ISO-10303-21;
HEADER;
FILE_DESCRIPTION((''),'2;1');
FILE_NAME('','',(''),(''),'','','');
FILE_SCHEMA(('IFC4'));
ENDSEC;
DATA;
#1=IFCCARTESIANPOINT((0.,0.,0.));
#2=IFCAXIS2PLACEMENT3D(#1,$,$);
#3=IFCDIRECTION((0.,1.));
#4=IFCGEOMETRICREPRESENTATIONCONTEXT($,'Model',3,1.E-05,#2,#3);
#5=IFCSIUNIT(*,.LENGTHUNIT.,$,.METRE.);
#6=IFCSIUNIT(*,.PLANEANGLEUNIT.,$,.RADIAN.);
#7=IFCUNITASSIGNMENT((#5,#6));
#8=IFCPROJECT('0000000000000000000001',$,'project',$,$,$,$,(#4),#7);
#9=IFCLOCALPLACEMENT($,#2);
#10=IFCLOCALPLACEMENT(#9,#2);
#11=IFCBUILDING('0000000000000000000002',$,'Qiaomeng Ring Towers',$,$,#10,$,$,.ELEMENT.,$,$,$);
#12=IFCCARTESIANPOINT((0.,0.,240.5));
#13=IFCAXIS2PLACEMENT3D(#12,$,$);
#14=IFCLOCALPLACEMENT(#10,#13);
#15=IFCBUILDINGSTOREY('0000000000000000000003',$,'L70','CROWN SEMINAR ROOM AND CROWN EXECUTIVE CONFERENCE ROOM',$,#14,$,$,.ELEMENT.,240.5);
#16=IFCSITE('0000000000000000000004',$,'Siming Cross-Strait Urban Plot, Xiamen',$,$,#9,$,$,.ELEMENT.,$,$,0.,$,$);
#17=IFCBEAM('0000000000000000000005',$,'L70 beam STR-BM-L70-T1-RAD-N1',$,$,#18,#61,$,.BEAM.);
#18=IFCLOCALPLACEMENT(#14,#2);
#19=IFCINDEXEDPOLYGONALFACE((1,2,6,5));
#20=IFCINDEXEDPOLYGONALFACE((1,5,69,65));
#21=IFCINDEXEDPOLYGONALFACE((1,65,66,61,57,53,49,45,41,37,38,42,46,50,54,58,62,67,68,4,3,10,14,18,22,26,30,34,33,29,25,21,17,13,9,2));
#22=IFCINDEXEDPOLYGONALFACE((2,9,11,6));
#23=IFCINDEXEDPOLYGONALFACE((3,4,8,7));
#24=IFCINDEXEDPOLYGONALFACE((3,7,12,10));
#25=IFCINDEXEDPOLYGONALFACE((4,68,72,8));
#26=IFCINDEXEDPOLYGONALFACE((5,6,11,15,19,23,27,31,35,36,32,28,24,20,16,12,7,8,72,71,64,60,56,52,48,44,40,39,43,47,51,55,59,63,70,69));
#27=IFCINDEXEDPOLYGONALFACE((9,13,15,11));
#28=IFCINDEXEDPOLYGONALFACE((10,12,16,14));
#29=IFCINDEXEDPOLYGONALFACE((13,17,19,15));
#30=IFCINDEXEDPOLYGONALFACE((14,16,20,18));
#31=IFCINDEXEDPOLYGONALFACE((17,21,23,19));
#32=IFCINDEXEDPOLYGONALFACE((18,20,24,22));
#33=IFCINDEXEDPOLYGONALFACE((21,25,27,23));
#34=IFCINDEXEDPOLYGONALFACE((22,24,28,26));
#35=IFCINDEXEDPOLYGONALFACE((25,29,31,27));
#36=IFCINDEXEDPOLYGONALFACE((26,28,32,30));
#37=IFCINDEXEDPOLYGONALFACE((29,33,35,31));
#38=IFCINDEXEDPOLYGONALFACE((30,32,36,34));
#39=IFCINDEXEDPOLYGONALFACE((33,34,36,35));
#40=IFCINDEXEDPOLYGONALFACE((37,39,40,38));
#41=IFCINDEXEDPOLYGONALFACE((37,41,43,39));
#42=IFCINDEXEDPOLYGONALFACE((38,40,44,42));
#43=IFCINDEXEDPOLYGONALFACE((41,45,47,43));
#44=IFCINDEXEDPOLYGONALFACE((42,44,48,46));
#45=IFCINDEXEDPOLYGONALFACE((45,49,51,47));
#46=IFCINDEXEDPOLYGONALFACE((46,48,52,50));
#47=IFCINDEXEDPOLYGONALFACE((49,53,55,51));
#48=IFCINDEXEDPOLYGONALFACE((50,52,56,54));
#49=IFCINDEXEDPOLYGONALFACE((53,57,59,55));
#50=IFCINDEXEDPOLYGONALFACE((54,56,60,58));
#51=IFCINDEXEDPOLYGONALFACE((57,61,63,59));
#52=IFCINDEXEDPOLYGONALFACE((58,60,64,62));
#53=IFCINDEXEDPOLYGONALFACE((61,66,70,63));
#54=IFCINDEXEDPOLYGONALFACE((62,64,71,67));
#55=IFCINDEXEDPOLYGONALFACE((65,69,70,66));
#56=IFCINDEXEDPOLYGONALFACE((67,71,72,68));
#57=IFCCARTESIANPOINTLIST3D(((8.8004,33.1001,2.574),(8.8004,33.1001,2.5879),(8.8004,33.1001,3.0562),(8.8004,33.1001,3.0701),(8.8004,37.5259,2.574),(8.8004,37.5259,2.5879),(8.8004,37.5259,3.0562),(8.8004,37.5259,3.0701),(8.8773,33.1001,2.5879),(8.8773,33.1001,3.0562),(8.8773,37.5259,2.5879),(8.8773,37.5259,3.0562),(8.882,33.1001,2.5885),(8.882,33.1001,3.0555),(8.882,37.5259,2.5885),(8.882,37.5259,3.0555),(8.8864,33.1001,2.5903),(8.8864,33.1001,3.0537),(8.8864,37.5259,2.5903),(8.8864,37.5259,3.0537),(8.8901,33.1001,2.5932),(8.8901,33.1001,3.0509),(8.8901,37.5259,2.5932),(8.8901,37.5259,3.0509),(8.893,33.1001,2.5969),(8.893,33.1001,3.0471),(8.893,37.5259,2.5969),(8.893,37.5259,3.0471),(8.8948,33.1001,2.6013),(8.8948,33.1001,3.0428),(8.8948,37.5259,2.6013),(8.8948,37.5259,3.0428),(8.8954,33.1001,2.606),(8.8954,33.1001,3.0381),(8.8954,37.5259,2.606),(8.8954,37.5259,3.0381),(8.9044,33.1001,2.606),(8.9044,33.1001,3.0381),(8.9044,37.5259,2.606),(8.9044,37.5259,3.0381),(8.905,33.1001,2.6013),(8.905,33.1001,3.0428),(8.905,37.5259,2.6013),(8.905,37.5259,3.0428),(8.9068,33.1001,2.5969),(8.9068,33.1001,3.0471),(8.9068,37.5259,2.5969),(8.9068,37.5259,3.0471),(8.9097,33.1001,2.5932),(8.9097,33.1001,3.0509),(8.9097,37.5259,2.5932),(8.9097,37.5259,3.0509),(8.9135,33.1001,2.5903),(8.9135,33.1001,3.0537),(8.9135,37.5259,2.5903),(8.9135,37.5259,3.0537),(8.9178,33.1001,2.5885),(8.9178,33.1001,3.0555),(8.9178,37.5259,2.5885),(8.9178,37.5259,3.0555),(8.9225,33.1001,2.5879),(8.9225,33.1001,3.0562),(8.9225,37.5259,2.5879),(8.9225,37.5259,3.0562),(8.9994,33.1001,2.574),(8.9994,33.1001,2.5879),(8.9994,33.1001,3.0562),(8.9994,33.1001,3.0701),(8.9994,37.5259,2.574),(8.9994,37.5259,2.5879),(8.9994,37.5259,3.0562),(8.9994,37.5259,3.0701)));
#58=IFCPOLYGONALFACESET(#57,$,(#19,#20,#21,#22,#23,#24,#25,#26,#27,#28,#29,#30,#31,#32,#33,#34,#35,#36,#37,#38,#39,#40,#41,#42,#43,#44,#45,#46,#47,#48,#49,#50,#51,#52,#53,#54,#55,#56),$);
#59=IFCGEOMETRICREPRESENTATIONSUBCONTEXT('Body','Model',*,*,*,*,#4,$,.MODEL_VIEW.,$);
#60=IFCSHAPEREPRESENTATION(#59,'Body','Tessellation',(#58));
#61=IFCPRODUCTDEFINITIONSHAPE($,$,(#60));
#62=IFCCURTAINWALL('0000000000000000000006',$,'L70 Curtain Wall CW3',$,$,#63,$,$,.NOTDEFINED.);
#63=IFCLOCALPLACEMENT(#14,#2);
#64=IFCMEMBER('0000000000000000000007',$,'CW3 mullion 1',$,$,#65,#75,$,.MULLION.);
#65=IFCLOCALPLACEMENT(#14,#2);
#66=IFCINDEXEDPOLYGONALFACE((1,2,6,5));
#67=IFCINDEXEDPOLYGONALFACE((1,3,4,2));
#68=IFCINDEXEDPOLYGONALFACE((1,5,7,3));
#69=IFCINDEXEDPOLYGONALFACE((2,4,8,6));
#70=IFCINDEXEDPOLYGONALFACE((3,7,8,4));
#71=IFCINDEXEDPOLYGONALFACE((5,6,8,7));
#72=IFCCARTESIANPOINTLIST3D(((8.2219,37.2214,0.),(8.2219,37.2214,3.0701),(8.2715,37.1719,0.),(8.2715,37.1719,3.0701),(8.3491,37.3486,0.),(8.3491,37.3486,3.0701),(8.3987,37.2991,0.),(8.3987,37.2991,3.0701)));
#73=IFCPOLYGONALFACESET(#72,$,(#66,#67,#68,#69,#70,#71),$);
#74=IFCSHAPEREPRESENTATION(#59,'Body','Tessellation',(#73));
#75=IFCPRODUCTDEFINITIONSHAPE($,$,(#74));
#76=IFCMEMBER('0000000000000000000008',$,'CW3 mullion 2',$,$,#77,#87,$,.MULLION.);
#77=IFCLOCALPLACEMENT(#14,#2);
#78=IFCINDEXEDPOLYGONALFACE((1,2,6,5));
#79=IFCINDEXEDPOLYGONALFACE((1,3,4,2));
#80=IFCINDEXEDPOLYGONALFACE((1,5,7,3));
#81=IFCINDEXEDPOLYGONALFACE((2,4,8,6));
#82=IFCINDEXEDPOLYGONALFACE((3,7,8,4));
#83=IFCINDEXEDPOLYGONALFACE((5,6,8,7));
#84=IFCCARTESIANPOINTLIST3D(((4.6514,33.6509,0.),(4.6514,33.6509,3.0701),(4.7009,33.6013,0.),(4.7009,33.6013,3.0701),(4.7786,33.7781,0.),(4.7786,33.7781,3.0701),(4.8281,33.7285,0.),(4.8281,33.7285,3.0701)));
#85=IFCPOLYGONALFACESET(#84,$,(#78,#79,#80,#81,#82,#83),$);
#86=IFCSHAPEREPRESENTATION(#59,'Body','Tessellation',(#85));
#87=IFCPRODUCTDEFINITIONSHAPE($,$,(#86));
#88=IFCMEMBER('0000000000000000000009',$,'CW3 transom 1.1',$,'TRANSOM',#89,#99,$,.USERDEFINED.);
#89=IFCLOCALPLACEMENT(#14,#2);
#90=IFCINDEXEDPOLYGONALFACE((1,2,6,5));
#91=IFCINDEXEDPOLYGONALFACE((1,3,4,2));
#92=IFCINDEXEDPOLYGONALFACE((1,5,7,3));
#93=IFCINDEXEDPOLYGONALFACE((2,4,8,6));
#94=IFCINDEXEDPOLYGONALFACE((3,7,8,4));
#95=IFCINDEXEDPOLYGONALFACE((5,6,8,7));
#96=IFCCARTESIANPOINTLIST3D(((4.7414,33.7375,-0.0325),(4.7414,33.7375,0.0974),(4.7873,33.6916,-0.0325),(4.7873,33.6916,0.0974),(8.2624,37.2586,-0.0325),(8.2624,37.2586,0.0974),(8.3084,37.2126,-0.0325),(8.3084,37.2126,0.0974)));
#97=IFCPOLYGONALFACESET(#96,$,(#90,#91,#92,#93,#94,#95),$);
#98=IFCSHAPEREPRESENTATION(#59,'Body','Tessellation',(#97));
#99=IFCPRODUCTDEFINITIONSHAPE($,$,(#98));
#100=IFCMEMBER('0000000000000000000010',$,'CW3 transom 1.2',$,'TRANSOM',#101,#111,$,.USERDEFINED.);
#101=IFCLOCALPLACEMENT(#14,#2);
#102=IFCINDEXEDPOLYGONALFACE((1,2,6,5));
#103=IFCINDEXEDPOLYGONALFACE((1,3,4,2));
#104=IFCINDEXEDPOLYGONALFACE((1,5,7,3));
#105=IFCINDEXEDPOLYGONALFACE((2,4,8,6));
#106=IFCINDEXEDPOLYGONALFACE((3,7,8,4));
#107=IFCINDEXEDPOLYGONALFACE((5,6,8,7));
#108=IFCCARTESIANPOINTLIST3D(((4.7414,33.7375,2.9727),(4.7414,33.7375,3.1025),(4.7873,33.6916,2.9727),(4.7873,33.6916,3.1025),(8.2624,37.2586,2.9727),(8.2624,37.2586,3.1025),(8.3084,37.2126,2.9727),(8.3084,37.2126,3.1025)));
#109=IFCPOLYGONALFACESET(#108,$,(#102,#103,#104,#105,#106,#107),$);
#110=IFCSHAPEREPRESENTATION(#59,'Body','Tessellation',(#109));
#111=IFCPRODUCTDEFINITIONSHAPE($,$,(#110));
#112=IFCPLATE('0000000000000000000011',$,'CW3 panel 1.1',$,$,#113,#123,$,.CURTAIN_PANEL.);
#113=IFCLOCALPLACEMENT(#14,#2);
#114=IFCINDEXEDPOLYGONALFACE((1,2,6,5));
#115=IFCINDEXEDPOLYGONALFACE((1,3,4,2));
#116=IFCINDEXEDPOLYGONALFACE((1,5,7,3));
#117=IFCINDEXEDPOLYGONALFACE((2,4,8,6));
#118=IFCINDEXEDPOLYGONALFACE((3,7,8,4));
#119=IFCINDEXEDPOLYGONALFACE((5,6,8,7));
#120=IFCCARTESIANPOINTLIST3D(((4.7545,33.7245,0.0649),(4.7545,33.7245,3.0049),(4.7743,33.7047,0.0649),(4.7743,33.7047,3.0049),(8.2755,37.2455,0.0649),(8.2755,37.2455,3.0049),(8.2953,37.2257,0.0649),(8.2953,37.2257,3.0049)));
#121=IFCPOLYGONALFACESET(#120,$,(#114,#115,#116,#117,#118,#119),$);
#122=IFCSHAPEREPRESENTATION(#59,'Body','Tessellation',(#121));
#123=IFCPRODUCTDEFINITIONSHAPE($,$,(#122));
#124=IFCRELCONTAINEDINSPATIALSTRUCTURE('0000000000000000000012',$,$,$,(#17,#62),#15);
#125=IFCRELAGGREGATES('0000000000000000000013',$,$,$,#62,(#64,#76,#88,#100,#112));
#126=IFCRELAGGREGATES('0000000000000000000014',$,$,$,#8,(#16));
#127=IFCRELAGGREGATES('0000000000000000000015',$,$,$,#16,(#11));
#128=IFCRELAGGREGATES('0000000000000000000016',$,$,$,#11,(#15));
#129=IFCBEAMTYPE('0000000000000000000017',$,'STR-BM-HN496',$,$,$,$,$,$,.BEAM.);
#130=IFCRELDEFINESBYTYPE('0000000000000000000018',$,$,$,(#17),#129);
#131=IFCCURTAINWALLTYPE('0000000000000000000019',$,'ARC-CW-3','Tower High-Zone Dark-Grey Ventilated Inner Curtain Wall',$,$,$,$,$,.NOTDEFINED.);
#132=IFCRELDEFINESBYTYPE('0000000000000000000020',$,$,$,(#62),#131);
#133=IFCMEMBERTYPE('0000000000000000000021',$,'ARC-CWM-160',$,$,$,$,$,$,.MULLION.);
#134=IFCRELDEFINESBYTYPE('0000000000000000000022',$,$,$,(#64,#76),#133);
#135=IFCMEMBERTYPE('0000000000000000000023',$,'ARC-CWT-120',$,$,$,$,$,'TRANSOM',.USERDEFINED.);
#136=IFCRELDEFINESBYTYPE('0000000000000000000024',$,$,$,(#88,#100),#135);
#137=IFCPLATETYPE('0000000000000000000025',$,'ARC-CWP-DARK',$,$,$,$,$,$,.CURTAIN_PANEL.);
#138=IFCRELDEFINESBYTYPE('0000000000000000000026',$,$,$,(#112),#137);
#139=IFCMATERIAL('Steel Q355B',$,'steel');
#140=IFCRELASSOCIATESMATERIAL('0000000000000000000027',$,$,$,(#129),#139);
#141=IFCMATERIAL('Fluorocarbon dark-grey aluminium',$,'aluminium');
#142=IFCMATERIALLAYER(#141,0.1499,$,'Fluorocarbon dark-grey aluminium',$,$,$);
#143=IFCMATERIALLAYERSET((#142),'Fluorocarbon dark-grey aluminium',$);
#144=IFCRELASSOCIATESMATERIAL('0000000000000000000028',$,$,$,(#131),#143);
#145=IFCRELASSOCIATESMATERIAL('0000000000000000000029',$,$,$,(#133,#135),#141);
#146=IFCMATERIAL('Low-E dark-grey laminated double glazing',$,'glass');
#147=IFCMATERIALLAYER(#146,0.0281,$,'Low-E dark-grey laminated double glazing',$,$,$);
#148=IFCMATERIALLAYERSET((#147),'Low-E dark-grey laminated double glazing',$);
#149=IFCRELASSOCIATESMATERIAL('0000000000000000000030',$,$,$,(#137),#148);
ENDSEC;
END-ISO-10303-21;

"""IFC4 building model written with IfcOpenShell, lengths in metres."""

from ifc_helpers import new_model, si_unit, direction, frame, origin, origin_2d, place, context, subcontext, project, spatial, rectangle, i_section, extrude, source, transform, mapped, material, layer, layer_set, material_profile, profile_set, type_object, element, aggregate, save


model = new_model("IFC4")

# Units and contexts
model_context = context("Model", 3, precision=1e-05, world=origin(), true_north=direction((0.0, 1.0)))
body_context = subcontext(model_context, "Body", "Model", "MODEL_VIEW")
ifc_project = project(units=[si_unit("LENGTHUNIT", "METRE"), si_unit("PLANEANGLEUNIT", "RADIAN")], contexts=[model_context])

# Site, building, storey
site_placement = place(None, origin())
site = spatial("IfcSite", under=ifc_project, at=site_placement, Name="Siming Cross-Strait Urban Plot, Xiamen", CompositionType="ELEMENT", RefElevation=0.0)
building_placement = place(site_placement, origin())
building = spatial("IfcBuilding", under=site, at=building_placement, Name="Qiaomeng Ring Towers", CompositionType="ELEMENT")
storey_placement = place(building_placement, frame((0.0, 0.0, 240.5)))
storey = spatial("IfcBuildingStorey", under=building, at=storey_placement, Name="L70", Description="CROWN SEMINAR ROOM AND CROWN EXECUTIVE CONFERENCE ROOM", CompositionType="ELEMENT", Elevation=240.5)

# Beam
ifc_material_1 = material(Name="Steel Q355B", Category="steel")
ifc_material_profile_1 = material_profile(ifc_material_1, i_section(OverallWidth=0.199, OverallDepth=0.4961, WebThickness=0.009, FlangeThickness=0.0139, FilletRadius=0.0181, at=origin_2d()), Name="HN 496x199x9x14")
ifc_profile_set_1 = profile_set([ifc_material_profile_1], Name="Steel Q355B")
beam_type_1 = type_object("IfcBeamType", Name="STR-BM-HN496", PredefinedType="BEAM", material=ifc_profile_set_1)
shared_shape_1 = source(origin(), body_context, "Body", "SweptSolid", [
    extrude(i_section(OverallWidth=0.199, OverallDepth=0.4961, WebThickness=0.009, FlangeThickness=0.0139, FilletRadius=0.0181, at=origin_2d()), origin(), (0.0, 0.0, 1.0), 4.4258),
])
beam_1_placement = place(storey_placement, frame((8.8999, 37.5259, 2.822), z_axis=(0.0, -1.0, 0.0), x_axis=(1.0, 0.0, 0.0)))
element("IfcBeam", 1, at=beam_1_placement, inside=storey, type_object=beam_type_1, Name="L70 beam STR-BM-L70-T1-RAD-N1", PredefinedType="BEAM", context=body_context, shape_type="MappedRepresentation", body=[
    mapped(shared_shape_1, transform((0.0, 0.0, 0.0), x_axis=(1.0, 0.0, 0.0), y_axis=(0.0, 1.0, 0.0), z_axis=(0.0, 0.0, 1.0), scale=1.0)),
])

# Curtain wall, members, plate
ifc_material_2 = material(Name="Fluorocarbon dark-grey aluminium", Category="aluminium")
ifc_layer_1 = layer(ifc_material_2, 0.1499, Name="Fluorocarbon dark-grey aluminium")
ifc_layer_set_1 = layer_set([ifc_layer_1], Name="Fluorocarbon dark-grey aluminium")
curtain_wall_type = type_object("IfcCurtainWallType", Name="ARC-CW-3", Description="Tower High-Zone Dark-Grey Ventilated Inner Curtain Wall", PredefinedType="NOTDEFINED", material=ifc_layer_set_1)
curtain_wall_placement = place(storey_placement, origin())
curtain_wall = element("IfcCurtainWall", 2, at=curtain_wall_placement, inside=storey, type_object=curtain_wall_type, Name="L70 Curtain Wall CW3", PredefinedType="NOTDEFINED")
ifc_material_profile_2 = material_profile(ifc_material_2, rectangle(XDim=0.0701, YDim=0.1799, at=origin_2d()), Name="ALU MULL 70x180")
ifc_profile_set_2 = profile_set([ifc_material_profile_2], Name="Fluorocarbon dark-grey aluminium")
member_type_1 = type_object("IfcMemberType", Name="ARC-CWM-160", PredefinedType="MULLION", material=ifc_profile_set_2)
shared_shape_2 = source(origin(), body_context, "Body", "SweptSolid", [
    extrude(rectangle(XDim=0.0701, YDim=0.1799, at=origin_2d()), origin(), (0.0, 0.0, 1.0), 3.0701),
])
member_1_placement = place(storey_placement, frame((8.3103, 37.2603, 0.0), z_axis=(0.0, 0.0, 1.0), x_axis=(0.707107, -0.707107, 0.0)))
member_1 = element("IfcMember", 3, at=member_1_placement, type_object=member_type_1, Name="CW3 mullion 1", PredefinedType="MULLION", context=body_context, shape_type="MappedRepresentation", body=[
    mapped(shared_shape_2, transform((0.0, 0.0, 0.0), x_axis=(1.0, 0.0, 0.0), y_axis=(0.0, 1.0, 0.0), z_axis=(0.0, 0.0, 1.0), scale=1.0)),
])
member_2_placement = place(storey_placement, frame((4.7397, 33.6897, 0.0), z_axis=(0.0, 0.0, 1.0), x_axis=(0.707107, -0.707107, 0.0)))
member_2 = element("IfcMember", 4, at=member_2_placement, type_object=member_type_1, Name="CW3 mullion 2", PredefinedType="MULLION", context=body_context, shape_type="MappedRepresentation", body=[
    mapped(shared_shape_2, transform((0.0, 0.0, 0.0), x_axis=(1.0, 0.0, 0.0), y_axis=(0.0, 1.0, 0.0), z_axis=(0.0, 0.0, 1.0), scale=1.0)),
])
ifc_material_profile_3 = material_profile(ifc_material_2, rectangle(XDim=0.0649, YDim=0.1299, at=origin_2d()), Name="ALU TRAN 65x130")
ifc_profile_set_3 = profile_set([ifc_material_profile_3], Name="Fluorocarbon dark-grey aluminium")
member_type_2 = type_object("IfcMemberType", Name="ARC-CWT-120", ElementType="TRANSOM", PredefinedType="USERDEFINED", material=ifc_profile_set_3)
shared_shape_3 = source(origin(), body_context, "Body", "SweptSolid", [
    extrude(rectangle(XDim=0.0649, YDim=0.1299, at=origin_2d()), origin(), (0.0, 0.0, 1.0), 4.9795),
])
member_3_placement = place(storey_placement, frame((8.2854, 37.2356, 0.0325), z_axis=(-0.707107, -0.707107, 0.0), x_axis=(0.707107, -0.707107, 0.0)))
member_3 = element("IfcMember", 5, at=member_3_placement, type_object=member_type_2, Name="CW3 transom 1.1", ObjectType="TRANSOM", PredefinedType="USERDEFINED", context=body_context, shape_type="MappedRepresentation", body=[
    mapped(shared_shape_3, transform((0.0, 0.0, 0.0), x_axis=(1.0, 0.0, 0.0), y_axis=(0.0, 1.0, 0.0), z_axis=(0.0, 0.0, 1.0), scale=1.0)),
])
member_4_placement = place(storey_placement, frame((8.2854, 37.2356, 3.0376), z_axis=(-0.707107, -0.707107, 0.0), x_axis=(0.707107, -0.707107, 0.0)))
member_4 = element("IfcMember", 6, at=member_4_placement, type_object=member_type_2, Name="CW3 transom 1.2", ObjectType="TRANSOM", PredefinedType="USERDEFINED", context=body_context, shape_type="MappedRepresentation", body=[
    mapped(shared_shape_3, transform((0.0, 0.0, 0.0), x_axis=(1.0, 0.0, 0.0), y_axis=(0.0, 1.0, 0.0), z_axis=(0.0, 0.0, 1.0), scale=1.0)),
])
ifc_material_3 = material(Name="Low-E dark-grey laminated double glazing", Category="glass")
ifc_layer_2 = layer(ifc_material_3, 0.0281, Name="Low-E dark-grey laminated double glazing")
ifc_layer_set_2 = layer_set([ifc_layer_2], Name="Low-E dark-grey laminated double glazing")
plate_type = type_object("IfcPlateType", Name="ARC-CWP-DARK", PredefinedType="CURTAIN_PANEL", material=ifc_layer_set_2)
shared_shape_4 = source(origin(), body_context, "Body", "SweptSolid", [
    extrude(rectangle(XDim=4.9795, YDim=0.0281, at=origin_2d()), origin(), (0.0, 0.0, 1.0), 2.9399),
])
plate_placement = place(storey_placement, frame((6.5249, 35.4751, 0.0649), z_axis=(0.0, 0.0, 1.0), x_axis=(-0.707107, -0.707107, 0.0)))
plate = element("IfcPlate", 7, at=plate_placement, type_object=plate_type, Name="CW3 panel 1.1", PredefinedType="CURTAIN_PANEL", context=body_context, shape_type="MappedRepresentation", body=[
    mapped(shared_shape_4, transform((0.0, 0.0, 0.0), x_axis=(1.0, 0.0, 0.0), y_axis=(0.0, 1.0, 0.0), z_axis=(0.0, 0.0, 1.0), scale=1.0)),
])
aggregate(curtain_wall, [member_1, member_2, member_3, member_4, plate])

save(model, "model.ifc")
